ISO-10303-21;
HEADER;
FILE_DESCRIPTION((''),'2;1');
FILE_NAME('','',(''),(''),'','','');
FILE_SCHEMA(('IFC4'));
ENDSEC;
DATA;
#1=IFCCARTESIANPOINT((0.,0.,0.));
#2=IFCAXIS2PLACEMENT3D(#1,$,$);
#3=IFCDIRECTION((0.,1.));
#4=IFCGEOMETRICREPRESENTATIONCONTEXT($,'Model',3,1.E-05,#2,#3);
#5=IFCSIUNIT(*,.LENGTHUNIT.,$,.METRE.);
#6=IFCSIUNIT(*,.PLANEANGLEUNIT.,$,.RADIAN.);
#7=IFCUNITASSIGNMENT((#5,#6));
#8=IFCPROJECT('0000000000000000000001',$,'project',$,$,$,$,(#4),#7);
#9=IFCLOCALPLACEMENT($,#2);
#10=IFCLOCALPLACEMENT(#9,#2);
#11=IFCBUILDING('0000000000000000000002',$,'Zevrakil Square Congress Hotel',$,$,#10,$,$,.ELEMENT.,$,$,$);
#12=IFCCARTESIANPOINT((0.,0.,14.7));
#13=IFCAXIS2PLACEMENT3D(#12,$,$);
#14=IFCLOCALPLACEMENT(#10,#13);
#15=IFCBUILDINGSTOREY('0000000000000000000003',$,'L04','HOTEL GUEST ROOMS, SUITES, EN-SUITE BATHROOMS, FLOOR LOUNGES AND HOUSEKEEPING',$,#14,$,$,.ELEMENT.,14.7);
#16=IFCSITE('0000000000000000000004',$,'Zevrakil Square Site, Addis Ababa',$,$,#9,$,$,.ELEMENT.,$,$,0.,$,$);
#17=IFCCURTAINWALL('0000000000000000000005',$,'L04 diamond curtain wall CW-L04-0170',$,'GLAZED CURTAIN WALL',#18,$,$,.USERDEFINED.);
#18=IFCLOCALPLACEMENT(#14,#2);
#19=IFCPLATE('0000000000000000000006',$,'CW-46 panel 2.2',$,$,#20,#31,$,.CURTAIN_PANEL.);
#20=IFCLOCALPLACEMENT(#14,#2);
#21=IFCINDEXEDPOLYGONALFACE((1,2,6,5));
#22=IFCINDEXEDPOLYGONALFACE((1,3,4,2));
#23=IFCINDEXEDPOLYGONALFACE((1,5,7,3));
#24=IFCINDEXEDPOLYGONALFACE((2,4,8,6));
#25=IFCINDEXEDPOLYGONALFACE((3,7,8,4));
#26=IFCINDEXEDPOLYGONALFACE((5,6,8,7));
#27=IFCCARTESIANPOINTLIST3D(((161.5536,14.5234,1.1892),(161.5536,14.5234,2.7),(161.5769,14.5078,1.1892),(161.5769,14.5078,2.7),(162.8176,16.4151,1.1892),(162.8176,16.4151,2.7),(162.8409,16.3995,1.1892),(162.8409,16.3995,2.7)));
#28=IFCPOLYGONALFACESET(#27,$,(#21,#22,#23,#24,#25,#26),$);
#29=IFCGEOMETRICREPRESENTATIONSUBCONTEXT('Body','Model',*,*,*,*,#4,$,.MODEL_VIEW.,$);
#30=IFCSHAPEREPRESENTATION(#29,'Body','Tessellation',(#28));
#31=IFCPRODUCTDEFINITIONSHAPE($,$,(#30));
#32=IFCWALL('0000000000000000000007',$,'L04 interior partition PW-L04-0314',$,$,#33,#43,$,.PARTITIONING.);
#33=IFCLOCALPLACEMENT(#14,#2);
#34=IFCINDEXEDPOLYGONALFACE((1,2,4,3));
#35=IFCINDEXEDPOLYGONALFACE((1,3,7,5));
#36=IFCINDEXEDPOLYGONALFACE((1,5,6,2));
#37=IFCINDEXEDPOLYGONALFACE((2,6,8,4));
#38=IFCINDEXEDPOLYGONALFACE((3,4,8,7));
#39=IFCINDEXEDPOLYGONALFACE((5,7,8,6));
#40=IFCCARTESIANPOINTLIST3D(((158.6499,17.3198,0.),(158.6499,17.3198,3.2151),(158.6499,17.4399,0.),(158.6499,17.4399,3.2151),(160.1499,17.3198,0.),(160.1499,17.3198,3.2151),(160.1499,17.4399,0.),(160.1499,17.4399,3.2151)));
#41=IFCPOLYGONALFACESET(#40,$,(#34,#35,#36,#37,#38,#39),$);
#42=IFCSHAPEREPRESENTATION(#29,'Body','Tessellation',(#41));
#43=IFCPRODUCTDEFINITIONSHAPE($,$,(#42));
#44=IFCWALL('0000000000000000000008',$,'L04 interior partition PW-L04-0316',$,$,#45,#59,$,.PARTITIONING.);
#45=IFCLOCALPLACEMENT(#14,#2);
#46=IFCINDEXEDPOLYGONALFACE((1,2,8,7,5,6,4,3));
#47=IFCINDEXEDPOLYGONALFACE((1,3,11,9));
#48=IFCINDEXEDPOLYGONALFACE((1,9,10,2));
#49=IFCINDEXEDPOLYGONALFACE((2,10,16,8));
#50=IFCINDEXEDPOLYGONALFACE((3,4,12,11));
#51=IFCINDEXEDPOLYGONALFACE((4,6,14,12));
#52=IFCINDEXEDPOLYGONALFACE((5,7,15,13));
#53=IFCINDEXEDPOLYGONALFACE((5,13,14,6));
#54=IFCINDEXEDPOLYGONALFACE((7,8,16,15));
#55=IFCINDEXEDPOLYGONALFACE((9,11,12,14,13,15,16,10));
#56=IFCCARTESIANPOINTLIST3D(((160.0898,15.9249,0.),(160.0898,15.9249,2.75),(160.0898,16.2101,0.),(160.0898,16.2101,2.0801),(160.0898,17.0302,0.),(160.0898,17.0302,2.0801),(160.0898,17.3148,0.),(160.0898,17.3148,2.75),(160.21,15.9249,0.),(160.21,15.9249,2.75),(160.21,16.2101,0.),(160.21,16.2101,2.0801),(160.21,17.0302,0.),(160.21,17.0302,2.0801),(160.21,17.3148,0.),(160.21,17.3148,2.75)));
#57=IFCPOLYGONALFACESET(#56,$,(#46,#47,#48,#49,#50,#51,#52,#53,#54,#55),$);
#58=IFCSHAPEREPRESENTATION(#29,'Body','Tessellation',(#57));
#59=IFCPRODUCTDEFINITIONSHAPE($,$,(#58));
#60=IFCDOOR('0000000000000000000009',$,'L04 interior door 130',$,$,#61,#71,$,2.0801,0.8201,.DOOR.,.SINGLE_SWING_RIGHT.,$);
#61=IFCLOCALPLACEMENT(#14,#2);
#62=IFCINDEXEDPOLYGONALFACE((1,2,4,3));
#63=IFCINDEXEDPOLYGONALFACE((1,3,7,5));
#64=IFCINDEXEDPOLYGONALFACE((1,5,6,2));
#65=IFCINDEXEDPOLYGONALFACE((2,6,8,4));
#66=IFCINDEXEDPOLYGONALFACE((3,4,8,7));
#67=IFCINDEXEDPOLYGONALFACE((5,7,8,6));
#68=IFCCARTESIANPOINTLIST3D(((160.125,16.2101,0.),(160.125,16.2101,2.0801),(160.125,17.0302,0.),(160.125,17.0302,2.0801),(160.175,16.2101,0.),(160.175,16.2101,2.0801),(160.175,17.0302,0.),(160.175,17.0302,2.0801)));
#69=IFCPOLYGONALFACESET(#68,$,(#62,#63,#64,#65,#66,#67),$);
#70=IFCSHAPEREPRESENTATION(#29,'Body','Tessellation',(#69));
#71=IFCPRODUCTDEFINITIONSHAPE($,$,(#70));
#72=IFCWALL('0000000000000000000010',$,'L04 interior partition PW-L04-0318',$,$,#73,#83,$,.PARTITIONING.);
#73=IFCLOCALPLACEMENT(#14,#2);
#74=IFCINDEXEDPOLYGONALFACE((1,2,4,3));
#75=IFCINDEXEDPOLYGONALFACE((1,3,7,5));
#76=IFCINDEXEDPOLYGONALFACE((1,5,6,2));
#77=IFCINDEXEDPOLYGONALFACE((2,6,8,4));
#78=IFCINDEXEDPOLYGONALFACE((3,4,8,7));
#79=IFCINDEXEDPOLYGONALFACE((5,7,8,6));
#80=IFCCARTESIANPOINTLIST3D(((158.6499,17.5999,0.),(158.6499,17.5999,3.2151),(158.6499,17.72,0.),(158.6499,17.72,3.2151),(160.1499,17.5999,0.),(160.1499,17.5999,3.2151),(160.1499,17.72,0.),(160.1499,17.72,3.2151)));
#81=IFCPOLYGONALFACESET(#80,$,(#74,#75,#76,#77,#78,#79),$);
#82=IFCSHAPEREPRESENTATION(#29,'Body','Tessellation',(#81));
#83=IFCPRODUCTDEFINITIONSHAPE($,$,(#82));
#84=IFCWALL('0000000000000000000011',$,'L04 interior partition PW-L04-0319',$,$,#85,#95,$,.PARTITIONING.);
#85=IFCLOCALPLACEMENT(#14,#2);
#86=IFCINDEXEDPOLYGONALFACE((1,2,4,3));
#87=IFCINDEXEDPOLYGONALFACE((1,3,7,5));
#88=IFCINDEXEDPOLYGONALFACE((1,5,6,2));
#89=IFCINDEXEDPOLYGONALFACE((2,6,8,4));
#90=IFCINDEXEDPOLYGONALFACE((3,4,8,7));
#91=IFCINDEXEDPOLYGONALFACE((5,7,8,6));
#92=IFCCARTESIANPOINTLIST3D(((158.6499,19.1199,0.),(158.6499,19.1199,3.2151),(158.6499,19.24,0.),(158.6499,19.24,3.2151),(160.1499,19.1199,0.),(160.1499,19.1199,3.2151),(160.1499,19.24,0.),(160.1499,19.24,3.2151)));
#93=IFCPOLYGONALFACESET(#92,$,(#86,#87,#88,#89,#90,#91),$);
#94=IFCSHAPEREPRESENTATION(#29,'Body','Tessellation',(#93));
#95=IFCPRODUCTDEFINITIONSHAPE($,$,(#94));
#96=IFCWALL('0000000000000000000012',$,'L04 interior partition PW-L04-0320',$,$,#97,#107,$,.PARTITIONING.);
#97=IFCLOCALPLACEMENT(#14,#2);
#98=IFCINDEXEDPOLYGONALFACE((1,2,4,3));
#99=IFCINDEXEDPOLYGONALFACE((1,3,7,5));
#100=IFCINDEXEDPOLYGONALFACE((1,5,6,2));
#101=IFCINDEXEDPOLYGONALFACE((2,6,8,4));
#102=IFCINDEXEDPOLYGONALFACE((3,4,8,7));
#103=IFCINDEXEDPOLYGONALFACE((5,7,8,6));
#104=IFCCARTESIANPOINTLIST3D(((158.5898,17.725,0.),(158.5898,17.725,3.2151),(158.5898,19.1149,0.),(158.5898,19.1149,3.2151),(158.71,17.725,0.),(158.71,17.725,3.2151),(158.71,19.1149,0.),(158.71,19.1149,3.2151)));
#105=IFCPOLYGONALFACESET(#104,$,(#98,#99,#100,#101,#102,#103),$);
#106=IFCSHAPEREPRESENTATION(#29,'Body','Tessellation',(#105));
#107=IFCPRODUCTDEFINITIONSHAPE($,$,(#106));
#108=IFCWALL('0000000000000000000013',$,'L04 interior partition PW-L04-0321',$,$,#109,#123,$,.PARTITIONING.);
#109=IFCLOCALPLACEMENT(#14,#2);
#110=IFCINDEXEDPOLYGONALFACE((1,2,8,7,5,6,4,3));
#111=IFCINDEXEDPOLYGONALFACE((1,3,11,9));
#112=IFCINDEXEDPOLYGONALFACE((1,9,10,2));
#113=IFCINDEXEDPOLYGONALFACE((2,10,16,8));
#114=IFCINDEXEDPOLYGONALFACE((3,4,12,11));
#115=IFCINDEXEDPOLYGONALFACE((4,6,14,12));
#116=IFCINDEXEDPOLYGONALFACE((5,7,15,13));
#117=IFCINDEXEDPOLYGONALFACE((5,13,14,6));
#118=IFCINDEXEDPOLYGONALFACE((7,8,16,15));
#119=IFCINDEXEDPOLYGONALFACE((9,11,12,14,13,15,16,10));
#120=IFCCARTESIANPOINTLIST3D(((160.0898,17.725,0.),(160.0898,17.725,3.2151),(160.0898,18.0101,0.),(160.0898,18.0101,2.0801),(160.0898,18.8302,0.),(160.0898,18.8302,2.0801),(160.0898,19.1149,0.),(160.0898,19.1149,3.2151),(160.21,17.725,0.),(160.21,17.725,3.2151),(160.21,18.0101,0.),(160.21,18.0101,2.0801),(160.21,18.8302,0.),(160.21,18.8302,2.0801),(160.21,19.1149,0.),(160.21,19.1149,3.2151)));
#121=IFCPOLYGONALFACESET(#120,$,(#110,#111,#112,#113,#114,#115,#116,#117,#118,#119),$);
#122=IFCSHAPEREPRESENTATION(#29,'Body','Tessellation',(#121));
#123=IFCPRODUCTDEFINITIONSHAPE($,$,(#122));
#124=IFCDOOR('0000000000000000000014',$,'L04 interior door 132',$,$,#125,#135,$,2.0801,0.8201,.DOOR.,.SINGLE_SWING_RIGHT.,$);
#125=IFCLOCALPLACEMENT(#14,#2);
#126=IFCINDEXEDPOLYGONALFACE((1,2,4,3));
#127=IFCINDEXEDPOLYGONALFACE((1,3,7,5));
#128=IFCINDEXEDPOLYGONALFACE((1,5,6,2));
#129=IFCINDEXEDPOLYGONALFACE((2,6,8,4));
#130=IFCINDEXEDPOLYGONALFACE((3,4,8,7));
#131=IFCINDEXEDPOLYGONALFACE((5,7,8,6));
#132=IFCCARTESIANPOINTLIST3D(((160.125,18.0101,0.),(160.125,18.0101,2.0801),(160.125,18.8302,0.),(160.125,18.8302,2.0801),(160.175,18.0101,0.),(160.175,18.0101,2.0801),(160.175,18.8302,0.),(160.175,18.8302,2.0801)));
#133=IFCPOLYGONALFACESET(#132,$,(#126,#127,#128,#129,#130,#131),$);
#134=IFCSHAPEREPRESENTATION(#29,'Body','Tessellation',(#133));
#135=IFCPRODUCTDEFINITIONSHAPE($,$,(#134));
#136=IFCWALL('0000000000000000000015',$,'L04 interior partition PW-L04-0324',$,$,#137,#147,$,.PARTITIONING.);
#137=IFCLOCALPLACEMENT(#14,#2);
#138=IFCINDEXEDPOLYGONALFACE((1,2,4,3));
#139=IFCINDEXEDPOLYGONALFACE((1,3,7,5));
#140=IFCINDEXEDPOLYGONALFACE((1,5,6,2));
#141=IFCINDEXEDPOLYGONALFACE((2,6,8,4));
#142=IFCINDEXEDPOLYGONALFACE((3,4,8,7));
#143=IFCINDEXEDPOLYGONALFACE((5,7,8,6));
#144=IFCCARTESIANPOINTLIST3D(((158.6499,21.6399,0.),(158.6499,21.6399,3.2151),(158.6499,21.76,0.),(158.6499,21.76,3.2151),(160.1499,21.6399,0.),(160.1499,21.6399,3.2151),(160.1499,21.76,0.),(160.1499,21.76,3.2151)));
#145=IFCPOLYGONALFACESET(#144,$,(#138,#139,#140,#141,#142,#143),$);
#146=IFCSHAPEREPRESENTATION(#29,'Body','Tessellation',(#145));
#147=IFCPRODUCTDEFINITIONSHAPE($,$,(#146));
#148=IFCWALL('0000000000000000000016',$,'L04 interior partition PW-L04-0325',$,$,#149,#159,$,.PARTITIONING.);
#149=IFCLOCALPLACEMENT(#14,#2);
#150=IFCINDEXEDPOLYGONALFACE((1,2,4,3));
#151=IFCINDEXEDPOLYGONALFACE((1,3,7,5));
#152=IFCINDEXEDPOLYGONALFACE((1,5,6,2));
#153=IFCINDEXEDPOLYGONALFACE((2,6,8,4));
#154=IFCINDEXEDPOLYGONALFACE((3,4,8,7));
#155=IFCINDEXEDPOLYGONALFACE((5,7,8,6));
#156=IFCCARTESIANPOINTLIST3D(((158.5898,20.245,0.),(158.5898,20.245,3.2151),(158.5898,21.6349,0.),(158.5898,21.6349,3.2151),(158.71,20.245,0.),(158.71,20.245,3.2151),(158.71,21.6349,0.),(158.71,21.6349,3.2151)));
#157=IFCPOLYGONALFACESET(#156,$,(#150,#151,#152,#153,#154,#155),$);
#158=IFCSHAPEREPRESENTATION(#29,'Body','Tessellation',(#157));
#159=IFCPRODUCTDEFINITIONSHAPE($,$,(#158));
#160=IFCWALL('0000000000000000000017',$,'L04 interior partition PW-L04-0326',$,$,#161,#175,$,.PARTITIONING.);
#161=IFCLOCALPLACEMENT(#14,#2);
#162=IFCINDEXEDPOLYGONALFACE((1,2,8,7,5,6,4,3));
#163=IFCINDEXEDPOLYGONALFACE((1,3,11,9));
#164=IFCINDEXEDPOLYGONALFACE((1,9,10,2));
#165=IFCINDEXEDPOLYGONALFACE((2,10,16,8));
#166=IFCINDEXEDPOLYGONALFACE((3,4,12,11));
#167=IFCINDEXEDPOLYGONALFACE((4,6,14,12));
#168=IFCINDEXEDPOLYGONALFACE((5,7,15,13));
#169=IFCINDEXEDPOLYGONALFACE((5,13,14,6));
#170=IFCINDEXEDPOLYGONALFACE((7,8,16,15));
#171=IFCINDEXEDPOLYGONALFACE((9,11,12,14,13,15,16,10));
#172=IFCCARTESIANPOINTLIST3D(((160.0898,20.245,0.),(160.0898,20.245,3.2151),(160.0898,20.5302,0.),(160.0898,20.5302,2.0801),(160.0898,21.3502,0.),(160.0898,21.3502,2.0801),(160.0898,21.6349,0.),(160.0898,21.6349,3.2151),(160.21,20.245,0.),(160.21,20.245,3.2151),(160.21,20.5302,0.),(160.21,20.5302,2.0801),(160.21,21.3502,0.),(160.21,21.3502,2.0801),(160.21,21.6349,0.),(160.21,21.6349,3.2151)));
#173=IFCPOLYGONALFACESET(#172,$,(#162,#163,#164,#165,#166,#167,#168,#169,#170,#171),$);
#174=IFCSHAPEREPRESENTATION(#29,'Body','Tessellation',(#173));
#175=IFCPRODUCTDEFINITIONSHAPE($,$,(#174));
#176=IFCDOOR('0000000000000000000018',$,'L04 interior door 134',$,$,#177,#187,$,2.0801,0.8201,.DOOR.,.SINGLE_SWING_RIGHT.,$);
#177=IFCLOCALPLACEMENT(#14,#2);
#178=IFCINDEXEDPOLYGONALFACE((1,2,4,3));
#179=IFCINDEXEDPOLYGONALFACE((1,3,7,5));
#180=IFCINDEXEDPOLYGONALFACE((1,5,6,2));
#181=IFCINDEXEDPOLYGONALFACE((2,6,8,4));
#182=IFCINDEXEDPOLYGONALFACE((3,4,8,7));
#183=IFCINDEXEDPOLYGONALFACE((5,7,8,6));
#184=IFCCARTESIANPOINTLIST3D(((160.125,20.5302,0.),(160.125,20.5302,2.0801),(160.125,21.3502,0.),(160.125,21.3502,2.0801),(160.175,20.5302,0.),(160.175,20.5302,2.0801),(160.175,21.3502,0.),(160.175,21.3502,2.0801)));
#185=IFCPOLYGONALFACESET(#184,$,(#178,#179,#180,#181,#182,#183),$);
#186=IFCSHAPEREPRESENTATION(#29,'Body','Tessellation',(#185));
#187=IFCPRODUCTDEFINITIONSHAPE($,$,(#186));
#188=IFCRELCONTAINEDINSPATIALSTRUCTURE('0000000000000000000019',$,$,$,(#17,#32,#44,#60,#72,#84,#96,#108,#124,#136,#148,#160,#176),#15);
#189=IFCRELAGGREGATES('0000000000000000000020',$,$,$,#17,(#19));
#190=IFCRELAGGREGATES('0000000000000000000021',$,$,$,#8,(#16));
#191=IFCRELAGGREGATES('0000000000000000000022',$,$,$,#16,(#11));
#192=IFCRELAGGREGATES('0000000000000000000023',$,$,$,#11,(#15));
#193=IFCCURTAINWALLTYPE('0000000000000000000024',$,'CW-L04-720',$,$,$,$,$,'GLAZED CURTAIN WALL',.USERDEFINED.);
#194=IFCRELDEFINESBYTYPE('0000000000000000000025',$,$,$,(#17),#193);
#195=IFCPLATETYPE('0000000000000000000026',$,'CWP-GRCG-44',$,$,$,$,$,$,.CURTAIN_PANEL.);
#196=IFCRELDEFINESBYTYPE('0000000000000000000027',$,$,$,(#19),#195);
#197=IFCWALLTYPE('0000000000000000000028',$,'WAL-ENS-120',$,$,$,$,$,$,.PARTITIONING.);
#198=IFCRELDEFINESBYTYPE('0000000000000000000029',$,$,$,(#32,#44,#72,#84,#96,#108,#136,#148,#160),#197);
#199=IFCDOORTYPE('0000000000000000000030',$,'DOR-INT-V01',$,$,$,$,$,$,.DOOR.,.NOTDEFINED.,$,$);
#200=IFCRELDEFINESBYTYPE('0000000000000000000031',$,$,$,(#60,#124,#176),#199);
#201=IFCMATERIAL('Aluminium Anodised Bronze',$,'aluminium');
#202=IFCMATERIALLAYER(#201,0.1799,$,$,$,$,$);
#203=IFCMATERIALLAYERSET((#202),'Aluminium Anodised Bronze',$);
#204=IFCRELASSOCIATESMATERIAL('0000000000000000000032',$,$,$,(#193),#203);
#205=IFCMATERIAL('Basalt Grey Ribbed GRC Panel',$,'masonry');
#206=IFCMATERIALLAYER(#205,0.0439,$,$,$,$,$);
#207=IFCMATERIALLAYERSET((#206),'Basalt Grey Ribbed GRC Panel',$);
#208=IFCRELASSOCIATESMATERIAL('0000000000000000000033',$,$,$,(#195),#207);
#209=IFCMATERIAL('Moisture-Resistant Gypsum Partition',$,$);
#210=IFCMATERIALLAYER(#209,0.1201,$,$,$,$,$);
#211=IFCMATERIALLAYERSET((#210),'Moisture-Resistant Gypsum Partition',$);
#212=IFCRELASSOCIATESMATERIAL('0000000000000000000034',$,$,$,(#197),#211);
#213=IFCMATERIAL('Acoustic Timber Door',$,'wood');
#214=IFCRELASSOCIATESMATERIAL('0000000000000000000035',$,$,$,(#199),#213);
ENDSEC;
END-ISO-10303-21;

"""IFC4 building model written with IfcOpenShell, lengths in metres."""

from ifc_helpers import new_model, si_unit, direction, frame, frame_2d, origin, origin_2d, place, context, subcontext, project, spatial, rectangle, extrude, material, layer, layer_set, type_object, element, fill, aggregate, save


model = new_model("IFC4")

# Units and contexts
model_context = context("Model", 3, precision=1e-05, world=origin(), true_north=direction((0.0, 1.0)))
body_context = subcontext(model_context, "Body", "Model", "MODEL_VIEW")
ifc_project = project(units=[si_unit("LENGTHUNIT", "METRE"), si_unit("PLANEANGLEUNIT", "RADIAN")], contexts=[model_context])

# Site, building, storey
site_placement = place(None, origin())
site = spatial("IfcSite", under=ifc_project, at=site_placement, Name="Zevrakil Square Site, Addis Ababa", CompositionType="ELEMENT", RefElevation=0.0)
building_placement = place(site_placement, origin())
building = spatial("IfcBuilding", under=site, at=building_placement, Name="Zevrakil Square Congress Hotel", CompositionType="ELEMENT")
storey_placement = place(building_placement, frame((0.0, 0.0, 14.7)))
storey = spatial("IfcBuildingStorey", under=building, at=storey_placement, Name="L04", Description="HOTEL GUEST ROOMS, SUITES, EN-SUITE BATHROOMS, FLOOR LOUNGES AND HOUSEKEEPING", CompositionType="ELEMENT", Elevation=14.7)

# Curtain wall, plate
ifc_material_1 = material(Name="Aluminium Anodised Bronze", Category="aluminium")
ifc_layer_1 = layer(ifc_material_1, 0.1799)
ifc_layer_set_1 = layer_set([ifc_layer_1], Name="Aluminium Anodised Bronze")
curtain_wall_type = type_object("IfcCurtainWallType", Name="CW-L04-720", ElementType="GLAZED CURTAIN WALL", PredefinedType="USERDEFINED", material=ifc_layer_set_1)
curtain_wall_placement = place(storey_placement, origin())
curtain_wall = element("IfcCurtainWall", 1, at=curtain_wall_placement, inside=storey, type_object=curtain_wall_type, Name="L04 diamond curtain wall CW-L04-0170", ObjectType="GLAZED CURTAIN WALL", PredefinedType="USERDEFINED")
ifc_material_2 = material(Name="Basalt Grey Ribbed GRC Panel", Category="masonry")
ifc_layer_2 = layer(ifc_material_2, 0.0439)
ifc_layer_set_2 = layer_set([ifc_layer_2], Name="Basalt Grey Ribbed GRC Panel")
plate_type = type_object("IfcPlateType", Name="CWP-GRCG-44", PredefinedType="CURTAIN_PANEL", material=ifc_layer_set_2)
plate_placement = place(storey_placement, frame((162.1973, 15.4614, 1.1892), z_axis=(0.0, 0.0, 1.0), x_axis=(0.555576, 0.831466, 0.0)))
plate = element("IfcPlate", 2, at=plate_placement, type_object=plate_type, Name="CW-46 panel 2.2", PredefinedType="CURTAIN_PANEL", context=body_context, shape_type="SweptSolid", body=[
    extrude(rectangle(XDim=2.2751, YDim=0.0281, at=origin_2d()), origin(), (0.0, 0.0, 1.0), 1.5107),
])
aggregate(curtain_wall, [plate])

# Wall
ifc_material_3 = material(Name="Moisture-Resistant Gypsum Partition")
ifc_layer_3 = layer(ifc_material_3, 0.1201)
ifc_layer_set_3 = layer_set([ifc_layer_3], Name="Moisture-Resistant Gypsum Partition")
wall_type = type_object("IfcWallType", Name="WAL-ENS-120", PredefinedType="PARTITIONING", material=ifc_layer_set_3)
wall_1_placement = place(storey_placement, frame((158.6499, 17.3799, 0.0), z_axis=(0.0, 0.0, 1.0), x_axis=(1.0, 0.0, 0.0)))
element("IfcWall", 3, at=wall_1_placement, inside=storey, type_object=wall_type, Name="L04 interior partition PW-L04-0314", PredefinedType="PARTITIONING", context=body_context, shape_type="SweptSolid", body=[
    extrude(rectangle(XDim=1.5, YDim=0.1201, at=frame_2d((0.75, 0.0))), origin(), (0.0, 0.0, 1.0), 3.2151),
])

# Wall, opening, door
wall_2_placement = place(storey_placement, frame((160.1499, 15.925, 0.0), z_axis=(0.0, 0.0, 1.0), x_axis=(0.0, 1.0, 0.0)))
wall_2 = element("IfcWall", 4, at=wall_2_placement, inside=storey, type_object=wall_type, Name="L04 interior partition PW-L04-0316", PredefinedType="PARTITIONING", context=body_context, shape_type="SweptSolid", body=[
    extrude(rectangle(XDim=1.3899, YDim=0.1201, at=frame_2d((0.6948, 0.0))), origin(), (0.0, 0.0, 1.0), 2.75),
])
opening_1_placement = place(wall_2_placement, frame((0.2849, 0.0, 0.0)))
opening_1 = element("IfcOpeningElement", 5, at=opening_1_placement, cuts=wall_2, PredefinedType="OPENING", context=body_context, shape_type="SweptSolid", body=[
    extrude(rectangle(XDim=0.8201, YDim=2.0801, at=frame_2d((0.4102, 1.04))), frame((0.0, 0.0701, 0.0), z_axis=(0.0, -1.0, 0.0), x_axis=(1.0, 0.0, 0.0)), (0.0, 0.0, 1.0), 0.1401),
])
ifc_material_4 = material(Name="Acoustic Timber Door", Category="wood")
door_type = type_object("IfcDoorType", Name="DOR-INT-V01", OperationType="NOTDEFINED", PredefinedType="DOOR", material=ifc_material_4)
door_1_placement = place(opening_1_placement, origin())
door_1 = element("IfcDoor", 6, at=door_1_placement, inside=storey, type_object=door_type, Name="L04 interior door 130", OperationType="SINGLE_SWING_RIGHT", OverallHeight=2.0801, OverallWidth=0.8201, PredefinedType="DOOR", context=body_context, shape_type="SweptSolid", body=[
    extrude(rectangle(XDim=0.8201, YDim=2.0801, at=frame_2d((0.4102, 1.04))), frame((0.0, 0.0249, 0.0), z_axis=(0.0, -1.0, 0.0), x_axis=(1.0, 0.0, 0.0)), (0.0, 0.0, 1.0), 0.05),
])
fill(opening_1, door_1)

# Walls
for number, where, z_axis, x_axis, name in (
    (7, (158.6499, 17.6599, 0.0), (0.0, 0.0, 1.0), (1.0, 0.0, 0.0), "L04 interior partition PW-L04-0318"),
    (8, (158.6499, 19.1799, 0.0), (0.0, 0.0, 1.0), (1.0, 0.0, 0.0), "L04 interior partition PW-L04-0319"),
):
    element("IfcWall", number, at=place(storey_placement, frame(where, z_axis=z_axis, x_axis=x_axis)), inside=storey, type_object=wall_type, Name=name, PredefinedType="PARTITIONING", context=body_context, shape_type="SweptSolid", body=[
        extrude(rectangle(XDim=1.5, YDim=0.1201, at=frame_2d((0.75, 0.0))), origin(), (0.0, 0.0, 1.0), 3.2151),
    ])
wall_3_placement = place(storey_placement, frame((158.6499, 17.7251, 0.0), z_axis=(0.0, 0.0, 1.0), x_axis=(0.0, 1.0, 0.0)))
element("IfcWall", 9, at=wall_3_placement, inside=storey, type_object=wall_type, Name="L04 interior partition PW-L04-0320", PredefinedType="PARTITIONING", context=body_context, shape_type="SweptSolid", body=[
    extrude(rectangle(XDim=1.3899, YDim=0.1201, at=frame_2d((0.6948, 0.0))), origin(), (0.0, 0.0, 1.0), 3.2151),
])

# Wall, opening, door
wall_4_placement = place(storey_placement, frame((160.1499, 17.7251, 0.0), z_axis=(0.0, 0.0, 1.0), x_axis=(0.0, 1.0, 0.0)))
wall_4 = element("IfcWall", 10, at=wall_4_placement, inside=storey, type_object=wall_type, Name="L04 interior partition PW-L04-0321", PredefinedType="PARTITIONING", context=body_context, shape_type="SweptSolid", body=[
    extrude(rectangle(XDim=1.3899, YDim=0.1201, at=frame_2d((0.6948, 0.0))), origin(), (0.0, 0.0, 1.0), 3.2151),
])
opening_2_placement = place(wall_4_placement, frame((0.2849, 0.0, 0.0)))
opening_2 = element("IfcOpeningElement", 11, at=opening_2_placement, cuts=wall_4, PredefinedType="OPENING", context=body_context, shape_type="SweptSolid", body=[
    extrude(rectangle(XDim=0.8201, YDim=2.0801, at=frame_2d((0.4102, 1.04))), frame((0.0, 0.0701, 0.0), z_axis=(0.0, -1.0, 0.0), x_axis=(1.0, 0.0, 0.0)), (0.0, 0.0, 1.0), 0.1401),
])
door_2_placement = place(opening_2_placement, origin())
door_2 = element("IfcDoor", 12, at=door_2_placement, inside=storey, type_object=door_type, Name="L04 interior door 132", OperationType="SINGLE_SWING_RIGHT", OverallHeight=2.0801, OverallWidth=0.8201, PredefinedType="DOOR", context=body_context, shape_type="SweptSolid", body=[
    extrude(rectangle(XDim=0.8201, YDim=2.0801, at=frame_2d((0.4102, 1.04))), frame((0.0, 0.0249, 0.0), z_axis=(0.0, -1.0, 0.0), x_axis=(1.0, 0.0, 0.0)), (0.0, 0.0, 1.0), 0.05),
])
fill(opening_2, door_2)

# Walls
wall_5_placement = place(storey_placement, frame((158.6499, 21.7, 0.0), z_axis=(0.0, 0.0, 1.0), x_axis=(1.0, 0.0, 0.0)))
element("IfcWall", 13, at=wall_5_placement, inside=storey, type_object=wall_type, Name="L04 interior partition PW-L04-0324", PredefinedType="PARTITIONING", context=body_context, shape_type="SweptSolid", body=[
    extrude(rectangle(XDim=1.5, YDim=0.1201, at=frame_2d((0.75, 0.0))), origin(), (0.0, 0.0, 1.0), 3.2151),
])
wall_6_placement = place(storey_placement, frame((158.6499, 20.2451, 0.0), z_axis=(0.0, 0.0, 1.0), x_axis=(0.0, 1.0, 0.0)))
element("IfcWall", 14, at=wall_6_placement, inside=storey, type_object=wall_type, Name="L04 interior partition PW-L04-0325", PredefinedType="PARTITIONING", context=body_context, shape_type="SweptSolid", body=[
    extrude(rectangle(XDim=1.3899, YDim=0.1201, at=frame_2d((0.6948, 0.0))), origin(), (0.0, 0.0, 1.0), 3.2151),
])

# Wall, opening, door
wall_7_placement = place(storey_placement, frame((160.1499, 20.2451, 0.0), z_axis=(0.0, 0.0, 1.0), x_axis=(0.0, 1.0, 0.0)))
wall_7 = element("IfcWall", 15, at=wall_7_placement, inside=storey, type_object=wall_type, Name="L04 interior partition PW-L04-0326", PredefinedType="PARTITIONING", context=body_context, shape_type="SweptSolid", body=[
    extrude(rectangle(XDim=1.3899, YDim=0.1201, at=frame_2d((0.6948, 0.0))), origin(), (0.0, 0.0, 1.0), 3.2151),
])
opening_3_placement = place(wall_7_placement, frame((0.2849, 0.0, 0.0)))
opening_3 = element("IfcOpeningElement", 16, at=opening_3_placement, cuts=wall_7, PredefinedType="OPENING", context=body_context, shape_type="SweptSolid", body=[
    extrude(rectangle(XDim=0.8201, YDim=2.0801, at=frame_2d((0.4102, 1.04))), frame((0.0, 0.0701, 0.0), z_axis=(0.0, -1.0, 0.0), x_axis=(1.0, 0.0, 0.0)), (0.0, 0.0, 1.0), 0.1401),
])
door_3_placement = place(opening_3_placement, origin())
door_3 = element("IfcDoor", 17, at=door_3_placement, inside=storey, type_object=door_type, Name="L04 interior door 134", OperationType="SINGLE_SWING_RIGHT", OverallHeight=2.0801, OverallWidth=0.8201, PredefinedType="DOOR", context=body_context, shape_type="SweptSolid", body=[
    extrude(rectangle(XDim=0.8201, YDim=2.0801, at=frame_2d((0.4102, 1.04))), frame((0.0, 0.0249, 0.0), z_axis=(0.0, -1.0, 0.0), x_axis=(1.0, 0.0, 0.0)), (0.0, 0.0, 1.0), 0.05),
])
fill(opening_3, door_3)

save(model, "model.ifc")
